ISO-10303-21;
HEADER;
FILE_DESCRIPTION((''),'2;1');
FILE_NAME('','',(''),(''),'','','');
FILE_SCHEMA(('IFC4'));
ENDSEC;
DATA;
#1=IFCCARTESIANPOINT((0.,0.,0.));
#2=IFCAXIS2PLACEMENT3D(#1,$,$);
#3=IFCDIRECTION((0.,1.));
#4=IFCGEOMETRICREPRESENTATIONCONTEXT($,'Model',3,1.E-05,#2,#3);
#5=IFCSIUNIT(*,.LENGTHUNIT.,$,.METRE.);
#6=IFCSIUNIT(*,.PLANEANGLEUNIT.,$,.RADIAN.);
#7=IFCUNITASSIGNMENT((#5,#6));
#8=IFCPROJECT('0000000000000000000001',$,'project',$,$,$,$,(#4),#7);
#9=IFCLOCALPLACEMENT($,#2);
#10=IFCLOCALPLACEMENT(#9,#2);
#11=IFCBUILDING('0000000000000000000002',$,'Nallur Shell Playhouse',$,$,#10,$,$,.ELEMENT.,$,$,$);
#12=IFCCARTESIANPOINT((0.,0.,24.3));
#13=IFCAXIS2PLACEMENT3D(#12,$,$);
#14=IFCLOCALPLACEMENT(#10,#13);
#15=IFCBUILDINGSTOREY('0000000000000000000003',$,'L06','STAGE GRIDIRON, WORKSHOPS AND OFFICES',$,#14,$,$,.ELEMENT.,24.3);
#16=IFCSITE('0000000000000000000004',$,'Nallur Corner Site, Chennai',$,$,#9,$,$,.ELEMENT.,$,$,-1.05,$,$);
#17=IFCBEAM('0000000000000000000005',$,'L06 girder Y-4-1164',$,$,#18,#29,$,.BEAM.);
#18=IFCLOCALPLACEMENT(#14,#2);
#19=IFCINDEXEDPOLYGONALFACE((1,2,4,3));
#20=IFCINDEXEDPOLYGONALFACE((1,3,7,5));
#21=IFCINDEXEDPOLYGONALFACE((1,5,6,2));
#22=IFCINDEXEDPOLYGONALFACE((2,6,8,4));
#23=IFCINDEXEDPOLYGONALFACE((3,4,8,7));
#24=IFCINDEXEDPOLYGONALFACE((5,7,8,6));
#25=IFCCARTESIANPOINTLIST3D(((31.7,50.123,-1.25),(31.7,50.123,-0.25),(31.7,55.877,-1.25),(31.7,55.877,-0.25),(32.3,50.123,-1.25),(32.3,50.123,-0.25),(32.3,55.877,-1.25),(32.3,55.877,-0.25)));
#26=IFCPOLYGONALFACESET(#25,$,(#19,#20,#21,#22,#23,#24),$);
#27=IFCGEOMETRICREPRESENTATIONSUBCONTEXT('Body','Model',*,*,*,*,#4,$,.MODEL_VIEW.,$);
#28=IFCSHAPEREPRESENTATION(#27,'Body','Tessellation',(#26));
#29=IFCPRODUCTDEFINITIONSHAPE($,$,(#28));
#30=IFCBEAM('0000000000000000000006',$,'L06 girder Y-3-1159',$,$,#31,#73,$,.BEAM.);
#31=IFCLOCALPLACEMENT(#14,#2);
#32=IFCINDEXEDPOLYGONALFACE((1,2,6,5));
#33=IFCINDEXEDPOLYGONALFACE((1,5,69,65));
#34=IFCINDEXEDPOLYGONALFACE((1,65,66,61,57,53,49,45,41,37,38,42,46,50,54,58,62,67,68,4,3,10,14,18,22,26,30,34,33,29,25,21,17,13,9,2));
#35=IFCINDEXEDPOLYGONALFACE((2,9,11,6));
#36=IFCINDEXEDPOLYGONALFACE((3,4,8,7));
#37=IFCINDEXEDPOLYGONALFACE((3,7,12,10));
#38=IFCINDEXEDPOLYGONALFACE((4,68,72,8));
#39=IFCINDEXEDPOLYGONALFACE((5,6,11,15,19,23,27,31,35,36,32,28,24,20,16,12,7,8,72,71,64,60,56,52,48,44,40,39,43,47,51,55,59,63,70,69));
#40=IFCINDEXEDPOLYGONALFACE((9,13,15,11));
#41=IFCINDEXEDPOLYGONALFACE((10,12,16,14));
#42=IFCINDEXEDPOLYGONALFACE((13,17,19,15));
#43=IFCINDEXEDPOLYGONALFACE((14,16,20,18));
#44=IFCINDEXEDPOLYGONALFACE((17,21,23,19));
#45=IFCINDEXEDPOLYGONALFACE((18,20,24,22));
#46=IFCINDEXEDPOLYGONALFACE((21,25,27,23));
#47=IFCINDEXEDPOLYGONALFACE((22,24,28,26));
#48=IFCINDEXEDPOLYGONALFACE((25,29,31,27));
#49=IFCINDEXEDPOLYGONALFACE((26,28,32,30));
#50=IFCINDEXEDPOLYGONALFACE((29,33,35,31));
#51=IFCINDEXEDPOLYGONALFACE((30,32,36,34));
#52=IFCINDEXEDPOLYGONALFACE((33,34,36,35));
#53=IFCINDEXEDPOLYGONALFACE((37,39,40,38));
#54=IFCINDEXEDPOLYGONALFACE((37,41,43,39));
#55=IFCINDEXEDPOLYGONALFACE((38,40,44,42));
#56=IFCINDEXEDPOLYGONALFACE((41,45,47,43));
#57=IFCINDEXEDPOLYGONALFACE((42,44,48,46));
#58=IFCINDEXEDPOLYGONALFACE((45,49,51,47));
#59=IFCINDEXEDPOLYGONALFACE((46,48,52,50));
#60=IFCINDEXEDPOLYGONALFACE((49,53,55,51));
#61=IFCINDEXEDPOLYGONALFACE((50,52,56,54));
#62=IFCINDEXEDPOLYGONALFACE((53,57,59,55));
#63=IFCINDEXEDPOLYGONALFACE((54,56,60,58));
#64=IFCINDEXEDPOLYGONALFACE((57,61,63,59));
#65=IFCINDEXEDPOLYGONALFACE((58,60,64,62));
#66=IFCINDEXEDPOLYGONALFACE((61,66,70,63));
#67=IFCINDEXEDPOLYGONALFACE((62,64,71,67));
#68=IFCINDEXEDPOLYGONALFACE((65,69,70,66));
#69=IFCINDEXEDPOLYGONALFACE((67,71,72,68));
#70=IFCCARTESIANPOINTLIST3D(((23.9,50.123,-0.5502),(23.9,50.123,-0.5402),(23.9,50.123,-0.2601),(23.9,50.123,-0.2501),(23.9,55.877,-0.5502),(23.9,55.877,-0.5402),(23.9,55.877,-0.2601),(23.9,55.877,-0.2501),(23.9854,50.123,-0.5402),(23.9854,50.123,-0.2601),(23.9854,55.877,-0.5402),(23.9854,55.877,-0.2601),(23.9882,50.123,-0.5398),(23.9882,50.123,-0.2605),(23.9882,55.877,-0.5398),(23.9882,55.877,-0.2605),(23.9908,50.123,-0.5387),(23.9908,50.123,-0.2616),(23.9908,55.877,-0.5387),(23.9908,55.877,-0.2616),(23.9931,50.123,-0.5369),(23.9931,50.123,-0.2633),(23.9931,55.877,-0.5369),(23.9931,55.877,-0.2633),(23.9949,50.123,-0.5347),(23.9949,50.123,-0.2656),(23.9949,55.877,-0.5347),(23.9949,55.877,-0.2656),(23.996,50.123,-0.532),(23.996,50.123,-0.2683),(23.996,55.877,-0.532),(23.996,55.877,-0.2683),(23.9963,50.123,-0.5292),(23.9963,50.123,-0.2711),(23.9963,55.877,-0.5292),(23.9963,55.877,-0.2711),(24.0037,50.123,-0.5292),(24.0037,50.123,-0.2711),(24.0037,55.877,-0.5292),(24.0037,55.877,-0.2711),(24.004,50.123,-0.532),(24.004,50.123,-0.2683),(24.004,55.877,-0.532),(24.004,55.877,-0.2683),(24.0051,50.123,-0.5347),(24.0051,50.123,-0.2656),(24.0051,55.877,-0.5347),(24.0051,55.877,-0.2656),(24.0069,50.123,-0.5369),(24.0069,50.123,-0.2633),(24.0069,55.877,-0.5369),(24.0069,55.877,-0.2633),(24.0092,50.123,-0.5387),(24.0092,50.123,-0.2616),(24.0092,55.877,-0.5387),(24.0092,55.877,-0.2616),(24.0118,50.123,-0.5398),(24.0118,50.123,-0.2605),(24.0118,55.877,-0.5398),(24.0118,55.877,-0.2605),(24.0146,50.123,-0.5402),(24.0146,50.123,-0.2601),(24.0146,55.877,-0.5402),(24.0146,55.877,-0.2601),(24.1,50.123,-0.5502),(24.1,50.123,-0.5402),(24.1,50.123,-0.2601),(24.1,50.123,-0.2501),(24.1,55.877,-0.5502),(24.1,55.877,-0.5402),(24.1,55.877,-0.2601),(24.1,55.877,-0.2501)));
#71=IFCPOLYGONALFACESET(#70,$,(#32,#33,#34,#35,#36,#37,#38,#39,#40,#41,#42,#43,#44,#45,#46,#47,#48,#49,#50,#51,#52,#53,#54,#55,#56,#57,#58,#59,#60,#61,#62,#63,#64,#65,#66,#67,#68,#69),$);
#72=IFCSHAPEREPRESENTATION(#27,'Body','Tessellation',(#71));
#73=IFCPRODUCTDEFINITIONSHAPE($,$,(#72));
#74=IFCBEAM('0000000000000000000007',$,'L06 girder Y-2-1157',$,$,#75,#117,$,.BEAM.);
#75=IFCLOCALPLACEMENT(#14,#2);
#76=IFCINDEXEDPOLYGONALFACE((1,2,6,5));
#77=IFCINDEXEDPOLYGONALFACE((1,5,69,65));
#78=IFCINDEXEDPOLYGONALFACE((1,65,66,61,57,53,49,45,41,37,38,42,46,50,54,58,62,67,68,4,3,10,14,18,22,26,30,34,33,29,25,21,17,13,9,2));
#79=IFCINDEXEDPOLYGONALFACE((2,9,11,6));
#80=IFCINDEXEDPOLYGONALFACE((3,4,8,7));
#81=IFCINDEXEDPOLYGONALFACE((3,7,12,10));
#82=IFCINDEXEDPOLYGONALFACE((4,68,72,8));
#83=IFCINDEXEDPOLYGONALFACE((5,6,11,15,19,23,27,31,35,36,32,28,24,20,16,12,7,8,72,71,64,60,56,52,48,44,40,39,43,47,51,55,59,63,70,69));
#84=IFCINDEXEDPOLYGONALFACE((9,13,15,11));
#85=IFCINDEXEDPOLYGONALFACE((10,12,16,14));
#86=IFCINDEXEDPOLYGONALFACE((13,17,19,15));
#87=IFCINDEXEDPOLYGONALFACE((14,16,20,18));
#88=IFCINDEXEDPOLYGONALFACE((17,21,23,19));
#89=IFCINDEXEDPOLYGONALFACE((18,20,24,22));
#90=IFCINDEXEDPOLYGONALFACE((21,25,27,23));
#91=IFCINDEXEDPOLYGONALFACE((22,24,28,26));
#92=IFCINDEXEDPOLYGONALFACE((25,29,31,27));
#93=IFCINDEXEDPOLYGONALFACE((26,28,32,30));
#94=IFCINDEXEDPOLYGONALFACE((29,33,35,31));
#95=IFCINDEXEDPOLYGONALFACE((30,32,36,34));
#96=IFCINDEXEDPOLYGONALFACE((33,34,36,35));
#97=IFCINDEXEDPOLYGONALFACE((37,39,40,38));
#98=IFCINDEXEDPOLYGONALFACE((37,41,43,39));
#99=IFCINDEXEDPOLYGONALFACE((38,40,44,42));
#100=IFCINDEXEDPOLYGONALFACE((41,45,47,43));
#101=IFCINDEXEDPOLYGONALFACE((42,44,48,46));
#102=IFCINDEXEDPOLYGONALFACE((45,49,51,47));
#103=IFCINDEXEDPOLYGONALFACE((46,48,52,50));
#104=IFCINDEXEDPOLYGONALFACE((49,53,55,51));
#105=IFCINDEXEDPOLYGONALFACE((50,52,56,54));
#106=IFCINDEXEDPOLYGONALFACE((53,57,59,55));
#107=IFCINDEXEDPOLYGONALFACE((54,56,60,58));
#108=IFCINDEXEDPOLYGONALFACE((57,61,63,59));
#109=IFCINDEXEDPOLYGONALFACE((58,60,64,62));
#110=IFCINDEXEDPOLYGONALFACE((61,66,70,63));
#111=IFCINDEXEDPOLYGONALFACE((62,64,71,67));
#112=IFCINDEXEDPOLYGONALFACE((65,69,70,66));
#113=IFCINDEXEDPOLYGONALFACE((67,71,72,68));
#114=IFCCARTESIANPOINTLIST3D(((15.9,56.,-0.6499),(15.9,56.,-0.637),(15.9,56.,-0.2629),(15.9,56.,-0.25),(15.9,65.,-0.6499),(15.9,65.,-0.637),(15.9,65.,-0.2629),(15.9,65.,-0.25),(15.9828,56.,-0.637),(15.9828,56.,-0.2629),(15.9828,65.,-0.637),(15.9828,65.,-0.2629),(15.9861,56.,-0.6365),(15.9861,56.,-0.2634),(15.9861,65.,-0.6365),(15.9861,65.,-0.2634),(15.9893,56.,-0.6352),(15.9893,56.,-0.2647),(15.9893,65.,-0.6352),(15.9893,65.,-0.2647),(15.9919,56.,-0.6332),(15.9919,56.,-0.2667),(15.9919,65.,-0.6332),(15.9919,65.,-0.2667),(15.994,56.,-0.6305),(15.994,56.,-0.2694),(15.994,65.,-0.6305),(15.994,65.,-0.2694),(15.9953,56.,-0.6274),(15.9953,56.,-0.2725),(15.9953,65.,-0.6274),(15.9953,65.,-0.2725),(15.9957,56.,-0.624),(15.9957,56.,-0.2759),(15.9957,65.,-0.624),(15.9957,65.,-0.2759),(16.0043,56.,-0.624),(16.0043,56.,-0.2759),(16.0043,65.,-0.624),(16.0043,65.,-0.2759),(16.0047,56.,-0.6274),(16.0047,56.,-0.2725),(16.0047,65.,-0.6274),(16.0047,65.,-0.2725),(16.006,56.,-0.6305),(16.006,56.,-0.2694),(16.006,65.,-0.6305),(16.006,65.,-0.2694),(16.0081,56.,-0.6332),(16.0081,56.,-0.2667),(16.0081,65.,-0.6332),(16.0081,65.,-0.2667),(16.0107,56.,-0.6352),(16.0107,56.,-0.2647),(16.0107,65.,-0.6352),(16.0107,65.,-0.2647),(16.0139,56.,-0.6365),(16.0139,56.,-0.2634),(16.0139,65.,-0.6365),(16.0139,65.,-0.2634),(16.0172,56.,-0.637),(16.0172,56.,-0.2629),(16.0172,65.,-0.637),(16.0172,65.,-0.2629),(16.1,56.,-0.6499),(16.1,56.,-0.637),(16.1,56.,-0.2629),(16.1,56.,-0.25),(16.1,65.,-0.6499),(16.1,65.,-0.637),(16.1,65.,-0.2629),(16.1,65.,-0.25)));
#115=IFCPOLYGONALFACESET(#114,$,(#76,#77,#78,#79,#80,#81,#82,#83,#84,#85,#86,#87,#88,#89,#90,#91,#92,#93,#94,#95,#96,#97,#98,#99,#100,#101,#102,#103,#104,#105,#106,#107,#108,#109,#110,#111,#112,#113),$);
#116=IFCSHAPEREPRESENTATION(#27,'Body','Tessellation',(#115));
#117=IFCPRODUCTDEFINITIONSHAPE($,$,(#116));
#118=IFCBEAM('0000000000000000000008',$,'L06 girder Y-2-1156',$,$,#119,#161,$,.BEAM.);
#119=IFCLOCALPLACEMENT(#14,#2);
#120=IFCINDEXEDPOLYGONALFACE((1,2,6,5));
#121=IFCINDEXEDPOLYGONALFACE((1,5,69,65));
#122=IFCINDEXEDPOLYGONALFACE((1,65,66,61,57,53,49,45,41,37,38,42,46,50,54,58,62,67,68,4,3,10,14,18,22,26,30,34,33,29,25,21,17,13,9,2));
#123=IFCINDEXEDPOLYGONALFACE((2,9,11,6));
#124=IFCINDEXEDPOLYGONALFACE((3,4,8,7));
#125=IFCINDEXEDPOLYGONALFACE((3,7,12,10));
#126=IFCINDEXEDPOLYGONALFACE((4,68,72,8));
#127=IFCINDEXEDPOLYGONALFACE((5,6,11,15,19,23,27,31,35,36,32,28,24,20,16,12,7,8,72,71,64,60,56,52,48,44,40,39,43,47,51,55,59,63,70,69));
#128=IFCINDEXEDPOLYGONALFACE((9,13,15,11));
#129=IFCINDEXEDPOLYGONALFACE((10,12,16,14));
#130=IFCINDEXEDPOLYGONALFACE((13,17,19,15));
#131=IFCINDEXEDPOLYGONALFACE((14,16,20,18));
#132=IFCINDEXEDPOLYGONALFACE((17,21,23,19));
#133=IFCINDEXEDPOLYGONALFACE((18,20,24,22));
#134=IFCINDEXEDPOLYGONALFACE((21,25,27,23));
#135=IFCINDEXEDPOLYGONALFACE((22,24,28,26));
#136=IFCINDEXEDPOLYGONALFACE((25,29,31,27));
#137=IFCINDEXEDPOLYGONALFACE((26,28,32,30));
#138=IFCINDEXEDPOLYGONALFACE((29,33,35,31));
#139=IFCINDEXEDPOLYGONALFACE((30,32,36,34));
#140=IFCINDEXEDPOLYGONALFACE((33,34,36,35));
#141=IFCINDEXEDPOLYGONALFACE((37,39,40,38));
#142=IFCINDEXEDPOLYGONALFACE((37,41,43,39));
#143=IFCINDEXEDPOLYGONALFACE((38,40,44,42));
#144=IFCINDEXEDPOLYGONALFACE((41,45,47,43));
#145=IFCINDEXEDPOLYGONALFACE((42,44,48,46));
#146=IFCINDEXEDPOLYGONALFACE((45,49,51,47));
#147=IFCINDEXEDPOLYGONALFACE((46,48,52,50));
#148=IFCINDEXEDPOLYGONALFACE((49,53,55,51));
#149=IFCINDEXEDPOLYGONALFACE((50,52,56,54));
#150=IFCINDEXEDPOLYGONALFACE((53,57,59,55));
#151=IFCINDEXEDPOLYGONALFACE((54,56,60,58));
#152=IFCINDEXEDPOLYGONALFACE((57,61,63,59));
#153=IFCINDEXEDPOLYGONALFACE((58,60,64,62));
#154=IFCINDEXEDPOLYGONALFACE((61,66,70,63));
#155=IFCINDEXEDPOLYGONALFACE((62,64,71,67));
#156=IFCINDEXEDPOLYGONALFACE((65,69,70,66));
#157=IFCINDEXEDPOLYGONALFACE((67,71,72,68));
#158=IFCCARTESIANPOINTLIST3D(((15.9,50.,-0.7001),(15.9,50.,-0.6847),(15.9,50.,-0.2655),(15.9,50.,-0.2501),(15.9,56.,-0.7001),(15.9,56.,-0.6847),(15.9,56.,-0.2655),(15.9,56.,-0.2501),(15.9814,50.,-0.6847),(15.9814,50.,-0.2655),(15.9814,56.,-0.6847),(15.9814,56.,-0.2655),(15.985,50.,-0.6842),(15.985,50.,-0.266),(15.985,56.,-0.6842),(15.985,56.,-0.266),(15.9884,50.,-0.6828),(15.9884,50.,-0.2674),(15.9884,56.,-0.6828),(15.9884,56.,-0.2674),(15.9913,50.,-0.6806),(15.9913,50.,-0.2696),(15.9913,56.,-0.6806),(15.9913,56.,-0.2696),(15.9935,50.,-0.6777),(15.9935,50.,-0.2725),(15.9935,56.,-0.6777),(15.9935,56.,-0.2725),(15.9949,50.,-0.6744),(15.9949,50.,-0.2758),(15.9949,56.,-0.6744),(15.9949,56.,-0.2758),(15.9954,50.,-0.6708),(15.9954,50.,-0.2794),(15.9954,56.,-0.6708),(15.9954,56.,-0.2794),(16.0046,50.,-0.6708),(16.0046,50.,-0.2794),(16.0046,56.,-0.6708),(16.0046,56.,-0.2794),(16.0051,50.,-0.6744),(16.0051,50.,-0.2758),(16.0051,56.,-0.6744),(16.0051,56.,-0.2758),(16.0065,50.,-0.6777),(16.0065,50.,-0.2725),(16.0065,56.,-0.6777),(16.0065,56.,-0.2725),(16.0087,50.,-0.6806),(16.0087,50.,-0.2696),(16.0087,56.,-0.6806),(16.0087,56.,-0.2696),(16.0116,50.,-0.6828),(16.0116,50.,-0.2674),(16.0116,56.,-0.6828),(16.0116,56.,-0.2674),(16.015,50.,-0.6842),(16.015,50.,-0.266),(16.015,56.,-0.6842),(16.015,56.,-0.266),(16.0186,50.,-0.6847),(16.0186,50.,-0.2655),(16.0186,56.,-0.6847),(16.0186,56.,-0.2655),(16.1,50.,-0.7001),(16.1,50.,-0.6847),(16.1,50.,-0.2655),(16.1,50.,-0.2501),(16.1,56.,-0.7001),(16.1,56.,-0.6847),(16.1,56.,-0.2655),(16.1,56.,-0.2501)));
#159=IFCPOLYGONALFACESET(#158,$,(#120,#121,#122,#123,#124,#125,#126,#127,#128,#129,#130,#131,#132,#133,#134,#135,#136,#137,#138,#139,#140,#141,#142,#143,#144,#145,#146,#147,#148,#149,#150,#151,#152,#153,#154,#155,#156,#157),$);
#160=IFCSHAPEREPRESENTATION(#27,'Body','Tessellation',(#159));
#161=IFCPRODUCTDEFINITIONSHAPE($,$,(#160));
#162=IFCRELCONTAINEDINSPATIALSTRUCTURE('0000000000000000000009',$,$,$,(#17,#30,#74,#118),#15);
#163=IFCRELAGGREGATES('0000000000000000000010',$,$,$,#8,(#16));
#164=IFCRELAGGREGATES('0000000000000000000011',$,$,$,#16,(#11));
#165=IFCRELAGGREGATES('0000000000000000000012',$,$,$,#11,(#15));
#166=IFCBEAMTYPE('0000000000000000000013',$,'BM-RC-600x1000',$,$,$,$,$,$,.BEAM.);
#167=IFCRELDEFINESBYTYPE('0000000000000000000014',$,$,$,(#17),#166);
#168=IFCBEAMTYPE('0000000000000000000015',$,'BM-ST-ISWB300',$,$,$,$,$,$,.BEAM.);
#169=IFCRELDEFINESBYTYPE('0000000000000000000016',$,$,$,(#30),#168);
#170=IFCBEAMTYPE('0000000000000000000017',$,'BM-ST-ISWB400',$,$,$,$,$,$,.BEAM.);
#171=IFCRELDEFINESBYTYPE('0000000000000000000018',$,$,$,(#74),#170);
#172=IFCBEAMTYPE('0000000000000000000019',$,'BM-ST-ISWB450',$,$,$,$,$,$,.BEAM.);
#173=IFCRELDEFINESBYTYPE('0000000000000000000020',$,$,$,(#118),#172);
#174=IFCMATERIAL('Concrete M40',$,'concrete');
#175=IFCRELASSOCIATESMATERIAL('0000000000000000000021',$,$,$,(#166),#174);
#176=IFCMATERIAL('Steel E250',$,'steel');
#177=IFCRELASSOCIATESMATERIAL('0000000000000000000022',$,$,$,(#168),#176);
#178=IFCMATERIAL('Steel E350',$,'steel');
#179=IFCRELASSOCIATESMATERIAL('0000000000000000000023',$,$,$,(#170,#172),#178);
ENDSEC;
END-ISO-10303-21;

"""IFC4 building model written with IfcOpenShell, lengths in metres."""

from ifc_helpers import new_model, si_unit, direction, frame, origin, origin_2d, place, context, subcontext, project, spatial, rectangle, i_section, extrude, material, material_profile, profile_set, type_object, element, save


model = new_model("IFC4")

# Units and contexts
model_context = context("Model", 3, precision=1e-05, world=origin(), true_north=direction((0.0, 1.0)))
body_context = subcontext(model_context, "Body", "Model", "MODEL_VIEW")
ifc_project = project(units=[si_unit("LENGTHUNIT", "METRE"), si_unit("PLANEANGLEUNIT", "RADIAN")], contexts=[model_context])

# Site, building, storey
site_placement = place(None, origin())
site = spatial("IfcSite", under=ifc_project, at=site_placement, Name="Nallur Corner Site, Chennai", CompositionType="ELEMENT", RefElevation=-1.05)
building_placement = place(site_placement, origin())
building = spatial("IfcBuilding", under=site, at=building_placement, Name="Nallur Shell Playhouse", CompositionType="ELEMENT")
storey_placement = place(building_placement, frame((0.0, 0.0, 24.3)))
storey = spatial("IfcBuildingStorey", under=building, at=storey_placement, Name="L06", Description="STAGE GRIDIRON, WORKSHOPS AND OFFICES", CompositionType="ELEMENT", Elevation=24.3)

# Beams
ifc_material_1 = material(Name="Concrete M40", Category="concrete")
ifc_material_profile_1 = material_profile(ifc_material_1, rectangle(XDim=0.6001, YDim=1.0, at=origin_2d()), Name="RC 600x1000")
ifc_profile_set_1 = profile_set([ifc_material_profile_1], Name="Concrete M40")
beam_type_1 = type_object("IfcBeamType", Name="BM-RC-600x1000", PredefinedType="BEAM", material=ifc_profile_set_1)
beam_1_placement = place(storey_placement, frame((32.0, 50.123, -0.75), z_axis=(0.0, 1.0, 0.0), x_axis=(-1.0, 0.0, 0.0)))
element("IfcBeam", 1, at=beam_1_placement, inside=storey, type_object=beam_type_1, Name="L06 girder Y-4-1164", PredefinedType="BEAM", context=body_context, shape_type="SweptSolid", body=[
    extrude(rectangle(XDim=0.6001, YDim=1.0, at=origin_2d()), origin(), (0.0, 0.0, 1.0), 5.7539),
])
ifc_material_2 = material(Name="Steel E250", Category="steel")
ifc_material_profile_2 = material_profile(ifc_material_2, i_section(OverallWidth=0.2, OverallDepth=0.3, WebThickness=0.0073, FlangeThickness=0.01, FilletRadius=0.011, at=origin_2d()), Name="ISWB 300")
ifc_profile_set_2 = profile_set([ifc_material_profile_2], Name="Steel E250")
beam_type_2 = type_object("IfcBeamType", Name="BM-ST-ISWB300", PredefinedType="BEAM", material=ifc_profile_set_2)
beam_2_placement = place(storey_placement, frame((24.0, 50.123, -0.4001), z_axis=(0.0, 1.0, 0.0), x_axis=(-1.0, 0.0, 0.0)))
element("IfcBeam", 2, at=beam_2_placement, inside=storey, type_object=beam_type_2, Name="L06 girder Y-3-1159", PredefinedType="BEAM", context=body_context, shape_type="SweptSolid", body=[
    extrude(i_section(OverallWidth=0.2, OverallDepth=0.3, WebThickness=0.0073, FlangeThickness=0.01, FilletRadius=0.011, at=origin_2d()), origin(), (0.0, 0.0, 1.0), 5.7539),
])
ifc_material_3 = material(Name="Steel E350", Category="steel")
ifc_material_profile_3 = material_profile(ifc_material_3, i_section(OverallWidth=0.2, OverallDepth=0.3999, WebThickness=0.0085, FlangeThickness=0.0129, FilletRadius=0.0129, at=origin_2d()), Name="ISWB 400")
ifc_profile_set_3 = profile_set([ifc_material_profile_3], Name="Steel E350")
beam_type_3 = type_object("IfcBeamType", Name="BM-ST-ISWB400", PredefinedType="BEAM", material=ifc_profile_set_3)
beam_3_placement = place(storey_placement, frame((16.0, 56.0, -0.45), z_axis=(0.0, 1.0, 0.0), x_axis=(-1.0, 0.0, 0.0)))
element("IfcBeam", 3, at=beam_3_placement, inside=storey, type_object=beam_type_3, Name="L06 girder Y-2-1157", PredefinedType="BEAM", context=body_context, shape_type="SweptSolid", body=[
    extrude(i_section(OverallWidth=0.2, OverallDepth=0.3999, WebThickness=0.0085, FlangeThickness=0.0129, FilletRadius=0.0129, at=origin_2d()), origin(), (0.0, 0.0, 1.0), 9.0),
])
ifc_material_profile_4 = material_profile(ifc_material_3, i_section(OverallWidth=0.2, OverallDepth=0.45, WebThickness=0.0093, FlangeThickness=0.0154, FilletRadius=0.0139, at=origin_2d()), Name="ISWB 450")
ifc_profile_set_4 = profile_set([ifc_material_profile_4], Name="Steel E350")
beam_type_4 = type_object("IfcBeamType", Name="BM-ST-ISWB450", PredefinedType="BEAM", material=ifc_profile_set_4)
beam_4_placement = place(storey_placement, frame((16.0, 50.0, -0.4751), z_axis=(0.0, 1.0, 0.0), x_axis=(-1.0, 0.0, 0.0)))
element("IfcBeam", 4, at=beam_4_placement, inside=storey, type_object=beam_type_4, Name="L06 girder Y-2-1156", PredefinedType="BEAM", context=body_context, shape_type="SweptSolid", body=[
    extrude(i_section(OverallWidth=0.2, OverallDepth=0.45, WebThickness=0.0093, FlangeThickness=0.0154, FilletRadius=0.0139, at=origin_2d()), origin(), (0.0, 0.0, 1.0), 6.0),
])

save(model, "model.ifc")
